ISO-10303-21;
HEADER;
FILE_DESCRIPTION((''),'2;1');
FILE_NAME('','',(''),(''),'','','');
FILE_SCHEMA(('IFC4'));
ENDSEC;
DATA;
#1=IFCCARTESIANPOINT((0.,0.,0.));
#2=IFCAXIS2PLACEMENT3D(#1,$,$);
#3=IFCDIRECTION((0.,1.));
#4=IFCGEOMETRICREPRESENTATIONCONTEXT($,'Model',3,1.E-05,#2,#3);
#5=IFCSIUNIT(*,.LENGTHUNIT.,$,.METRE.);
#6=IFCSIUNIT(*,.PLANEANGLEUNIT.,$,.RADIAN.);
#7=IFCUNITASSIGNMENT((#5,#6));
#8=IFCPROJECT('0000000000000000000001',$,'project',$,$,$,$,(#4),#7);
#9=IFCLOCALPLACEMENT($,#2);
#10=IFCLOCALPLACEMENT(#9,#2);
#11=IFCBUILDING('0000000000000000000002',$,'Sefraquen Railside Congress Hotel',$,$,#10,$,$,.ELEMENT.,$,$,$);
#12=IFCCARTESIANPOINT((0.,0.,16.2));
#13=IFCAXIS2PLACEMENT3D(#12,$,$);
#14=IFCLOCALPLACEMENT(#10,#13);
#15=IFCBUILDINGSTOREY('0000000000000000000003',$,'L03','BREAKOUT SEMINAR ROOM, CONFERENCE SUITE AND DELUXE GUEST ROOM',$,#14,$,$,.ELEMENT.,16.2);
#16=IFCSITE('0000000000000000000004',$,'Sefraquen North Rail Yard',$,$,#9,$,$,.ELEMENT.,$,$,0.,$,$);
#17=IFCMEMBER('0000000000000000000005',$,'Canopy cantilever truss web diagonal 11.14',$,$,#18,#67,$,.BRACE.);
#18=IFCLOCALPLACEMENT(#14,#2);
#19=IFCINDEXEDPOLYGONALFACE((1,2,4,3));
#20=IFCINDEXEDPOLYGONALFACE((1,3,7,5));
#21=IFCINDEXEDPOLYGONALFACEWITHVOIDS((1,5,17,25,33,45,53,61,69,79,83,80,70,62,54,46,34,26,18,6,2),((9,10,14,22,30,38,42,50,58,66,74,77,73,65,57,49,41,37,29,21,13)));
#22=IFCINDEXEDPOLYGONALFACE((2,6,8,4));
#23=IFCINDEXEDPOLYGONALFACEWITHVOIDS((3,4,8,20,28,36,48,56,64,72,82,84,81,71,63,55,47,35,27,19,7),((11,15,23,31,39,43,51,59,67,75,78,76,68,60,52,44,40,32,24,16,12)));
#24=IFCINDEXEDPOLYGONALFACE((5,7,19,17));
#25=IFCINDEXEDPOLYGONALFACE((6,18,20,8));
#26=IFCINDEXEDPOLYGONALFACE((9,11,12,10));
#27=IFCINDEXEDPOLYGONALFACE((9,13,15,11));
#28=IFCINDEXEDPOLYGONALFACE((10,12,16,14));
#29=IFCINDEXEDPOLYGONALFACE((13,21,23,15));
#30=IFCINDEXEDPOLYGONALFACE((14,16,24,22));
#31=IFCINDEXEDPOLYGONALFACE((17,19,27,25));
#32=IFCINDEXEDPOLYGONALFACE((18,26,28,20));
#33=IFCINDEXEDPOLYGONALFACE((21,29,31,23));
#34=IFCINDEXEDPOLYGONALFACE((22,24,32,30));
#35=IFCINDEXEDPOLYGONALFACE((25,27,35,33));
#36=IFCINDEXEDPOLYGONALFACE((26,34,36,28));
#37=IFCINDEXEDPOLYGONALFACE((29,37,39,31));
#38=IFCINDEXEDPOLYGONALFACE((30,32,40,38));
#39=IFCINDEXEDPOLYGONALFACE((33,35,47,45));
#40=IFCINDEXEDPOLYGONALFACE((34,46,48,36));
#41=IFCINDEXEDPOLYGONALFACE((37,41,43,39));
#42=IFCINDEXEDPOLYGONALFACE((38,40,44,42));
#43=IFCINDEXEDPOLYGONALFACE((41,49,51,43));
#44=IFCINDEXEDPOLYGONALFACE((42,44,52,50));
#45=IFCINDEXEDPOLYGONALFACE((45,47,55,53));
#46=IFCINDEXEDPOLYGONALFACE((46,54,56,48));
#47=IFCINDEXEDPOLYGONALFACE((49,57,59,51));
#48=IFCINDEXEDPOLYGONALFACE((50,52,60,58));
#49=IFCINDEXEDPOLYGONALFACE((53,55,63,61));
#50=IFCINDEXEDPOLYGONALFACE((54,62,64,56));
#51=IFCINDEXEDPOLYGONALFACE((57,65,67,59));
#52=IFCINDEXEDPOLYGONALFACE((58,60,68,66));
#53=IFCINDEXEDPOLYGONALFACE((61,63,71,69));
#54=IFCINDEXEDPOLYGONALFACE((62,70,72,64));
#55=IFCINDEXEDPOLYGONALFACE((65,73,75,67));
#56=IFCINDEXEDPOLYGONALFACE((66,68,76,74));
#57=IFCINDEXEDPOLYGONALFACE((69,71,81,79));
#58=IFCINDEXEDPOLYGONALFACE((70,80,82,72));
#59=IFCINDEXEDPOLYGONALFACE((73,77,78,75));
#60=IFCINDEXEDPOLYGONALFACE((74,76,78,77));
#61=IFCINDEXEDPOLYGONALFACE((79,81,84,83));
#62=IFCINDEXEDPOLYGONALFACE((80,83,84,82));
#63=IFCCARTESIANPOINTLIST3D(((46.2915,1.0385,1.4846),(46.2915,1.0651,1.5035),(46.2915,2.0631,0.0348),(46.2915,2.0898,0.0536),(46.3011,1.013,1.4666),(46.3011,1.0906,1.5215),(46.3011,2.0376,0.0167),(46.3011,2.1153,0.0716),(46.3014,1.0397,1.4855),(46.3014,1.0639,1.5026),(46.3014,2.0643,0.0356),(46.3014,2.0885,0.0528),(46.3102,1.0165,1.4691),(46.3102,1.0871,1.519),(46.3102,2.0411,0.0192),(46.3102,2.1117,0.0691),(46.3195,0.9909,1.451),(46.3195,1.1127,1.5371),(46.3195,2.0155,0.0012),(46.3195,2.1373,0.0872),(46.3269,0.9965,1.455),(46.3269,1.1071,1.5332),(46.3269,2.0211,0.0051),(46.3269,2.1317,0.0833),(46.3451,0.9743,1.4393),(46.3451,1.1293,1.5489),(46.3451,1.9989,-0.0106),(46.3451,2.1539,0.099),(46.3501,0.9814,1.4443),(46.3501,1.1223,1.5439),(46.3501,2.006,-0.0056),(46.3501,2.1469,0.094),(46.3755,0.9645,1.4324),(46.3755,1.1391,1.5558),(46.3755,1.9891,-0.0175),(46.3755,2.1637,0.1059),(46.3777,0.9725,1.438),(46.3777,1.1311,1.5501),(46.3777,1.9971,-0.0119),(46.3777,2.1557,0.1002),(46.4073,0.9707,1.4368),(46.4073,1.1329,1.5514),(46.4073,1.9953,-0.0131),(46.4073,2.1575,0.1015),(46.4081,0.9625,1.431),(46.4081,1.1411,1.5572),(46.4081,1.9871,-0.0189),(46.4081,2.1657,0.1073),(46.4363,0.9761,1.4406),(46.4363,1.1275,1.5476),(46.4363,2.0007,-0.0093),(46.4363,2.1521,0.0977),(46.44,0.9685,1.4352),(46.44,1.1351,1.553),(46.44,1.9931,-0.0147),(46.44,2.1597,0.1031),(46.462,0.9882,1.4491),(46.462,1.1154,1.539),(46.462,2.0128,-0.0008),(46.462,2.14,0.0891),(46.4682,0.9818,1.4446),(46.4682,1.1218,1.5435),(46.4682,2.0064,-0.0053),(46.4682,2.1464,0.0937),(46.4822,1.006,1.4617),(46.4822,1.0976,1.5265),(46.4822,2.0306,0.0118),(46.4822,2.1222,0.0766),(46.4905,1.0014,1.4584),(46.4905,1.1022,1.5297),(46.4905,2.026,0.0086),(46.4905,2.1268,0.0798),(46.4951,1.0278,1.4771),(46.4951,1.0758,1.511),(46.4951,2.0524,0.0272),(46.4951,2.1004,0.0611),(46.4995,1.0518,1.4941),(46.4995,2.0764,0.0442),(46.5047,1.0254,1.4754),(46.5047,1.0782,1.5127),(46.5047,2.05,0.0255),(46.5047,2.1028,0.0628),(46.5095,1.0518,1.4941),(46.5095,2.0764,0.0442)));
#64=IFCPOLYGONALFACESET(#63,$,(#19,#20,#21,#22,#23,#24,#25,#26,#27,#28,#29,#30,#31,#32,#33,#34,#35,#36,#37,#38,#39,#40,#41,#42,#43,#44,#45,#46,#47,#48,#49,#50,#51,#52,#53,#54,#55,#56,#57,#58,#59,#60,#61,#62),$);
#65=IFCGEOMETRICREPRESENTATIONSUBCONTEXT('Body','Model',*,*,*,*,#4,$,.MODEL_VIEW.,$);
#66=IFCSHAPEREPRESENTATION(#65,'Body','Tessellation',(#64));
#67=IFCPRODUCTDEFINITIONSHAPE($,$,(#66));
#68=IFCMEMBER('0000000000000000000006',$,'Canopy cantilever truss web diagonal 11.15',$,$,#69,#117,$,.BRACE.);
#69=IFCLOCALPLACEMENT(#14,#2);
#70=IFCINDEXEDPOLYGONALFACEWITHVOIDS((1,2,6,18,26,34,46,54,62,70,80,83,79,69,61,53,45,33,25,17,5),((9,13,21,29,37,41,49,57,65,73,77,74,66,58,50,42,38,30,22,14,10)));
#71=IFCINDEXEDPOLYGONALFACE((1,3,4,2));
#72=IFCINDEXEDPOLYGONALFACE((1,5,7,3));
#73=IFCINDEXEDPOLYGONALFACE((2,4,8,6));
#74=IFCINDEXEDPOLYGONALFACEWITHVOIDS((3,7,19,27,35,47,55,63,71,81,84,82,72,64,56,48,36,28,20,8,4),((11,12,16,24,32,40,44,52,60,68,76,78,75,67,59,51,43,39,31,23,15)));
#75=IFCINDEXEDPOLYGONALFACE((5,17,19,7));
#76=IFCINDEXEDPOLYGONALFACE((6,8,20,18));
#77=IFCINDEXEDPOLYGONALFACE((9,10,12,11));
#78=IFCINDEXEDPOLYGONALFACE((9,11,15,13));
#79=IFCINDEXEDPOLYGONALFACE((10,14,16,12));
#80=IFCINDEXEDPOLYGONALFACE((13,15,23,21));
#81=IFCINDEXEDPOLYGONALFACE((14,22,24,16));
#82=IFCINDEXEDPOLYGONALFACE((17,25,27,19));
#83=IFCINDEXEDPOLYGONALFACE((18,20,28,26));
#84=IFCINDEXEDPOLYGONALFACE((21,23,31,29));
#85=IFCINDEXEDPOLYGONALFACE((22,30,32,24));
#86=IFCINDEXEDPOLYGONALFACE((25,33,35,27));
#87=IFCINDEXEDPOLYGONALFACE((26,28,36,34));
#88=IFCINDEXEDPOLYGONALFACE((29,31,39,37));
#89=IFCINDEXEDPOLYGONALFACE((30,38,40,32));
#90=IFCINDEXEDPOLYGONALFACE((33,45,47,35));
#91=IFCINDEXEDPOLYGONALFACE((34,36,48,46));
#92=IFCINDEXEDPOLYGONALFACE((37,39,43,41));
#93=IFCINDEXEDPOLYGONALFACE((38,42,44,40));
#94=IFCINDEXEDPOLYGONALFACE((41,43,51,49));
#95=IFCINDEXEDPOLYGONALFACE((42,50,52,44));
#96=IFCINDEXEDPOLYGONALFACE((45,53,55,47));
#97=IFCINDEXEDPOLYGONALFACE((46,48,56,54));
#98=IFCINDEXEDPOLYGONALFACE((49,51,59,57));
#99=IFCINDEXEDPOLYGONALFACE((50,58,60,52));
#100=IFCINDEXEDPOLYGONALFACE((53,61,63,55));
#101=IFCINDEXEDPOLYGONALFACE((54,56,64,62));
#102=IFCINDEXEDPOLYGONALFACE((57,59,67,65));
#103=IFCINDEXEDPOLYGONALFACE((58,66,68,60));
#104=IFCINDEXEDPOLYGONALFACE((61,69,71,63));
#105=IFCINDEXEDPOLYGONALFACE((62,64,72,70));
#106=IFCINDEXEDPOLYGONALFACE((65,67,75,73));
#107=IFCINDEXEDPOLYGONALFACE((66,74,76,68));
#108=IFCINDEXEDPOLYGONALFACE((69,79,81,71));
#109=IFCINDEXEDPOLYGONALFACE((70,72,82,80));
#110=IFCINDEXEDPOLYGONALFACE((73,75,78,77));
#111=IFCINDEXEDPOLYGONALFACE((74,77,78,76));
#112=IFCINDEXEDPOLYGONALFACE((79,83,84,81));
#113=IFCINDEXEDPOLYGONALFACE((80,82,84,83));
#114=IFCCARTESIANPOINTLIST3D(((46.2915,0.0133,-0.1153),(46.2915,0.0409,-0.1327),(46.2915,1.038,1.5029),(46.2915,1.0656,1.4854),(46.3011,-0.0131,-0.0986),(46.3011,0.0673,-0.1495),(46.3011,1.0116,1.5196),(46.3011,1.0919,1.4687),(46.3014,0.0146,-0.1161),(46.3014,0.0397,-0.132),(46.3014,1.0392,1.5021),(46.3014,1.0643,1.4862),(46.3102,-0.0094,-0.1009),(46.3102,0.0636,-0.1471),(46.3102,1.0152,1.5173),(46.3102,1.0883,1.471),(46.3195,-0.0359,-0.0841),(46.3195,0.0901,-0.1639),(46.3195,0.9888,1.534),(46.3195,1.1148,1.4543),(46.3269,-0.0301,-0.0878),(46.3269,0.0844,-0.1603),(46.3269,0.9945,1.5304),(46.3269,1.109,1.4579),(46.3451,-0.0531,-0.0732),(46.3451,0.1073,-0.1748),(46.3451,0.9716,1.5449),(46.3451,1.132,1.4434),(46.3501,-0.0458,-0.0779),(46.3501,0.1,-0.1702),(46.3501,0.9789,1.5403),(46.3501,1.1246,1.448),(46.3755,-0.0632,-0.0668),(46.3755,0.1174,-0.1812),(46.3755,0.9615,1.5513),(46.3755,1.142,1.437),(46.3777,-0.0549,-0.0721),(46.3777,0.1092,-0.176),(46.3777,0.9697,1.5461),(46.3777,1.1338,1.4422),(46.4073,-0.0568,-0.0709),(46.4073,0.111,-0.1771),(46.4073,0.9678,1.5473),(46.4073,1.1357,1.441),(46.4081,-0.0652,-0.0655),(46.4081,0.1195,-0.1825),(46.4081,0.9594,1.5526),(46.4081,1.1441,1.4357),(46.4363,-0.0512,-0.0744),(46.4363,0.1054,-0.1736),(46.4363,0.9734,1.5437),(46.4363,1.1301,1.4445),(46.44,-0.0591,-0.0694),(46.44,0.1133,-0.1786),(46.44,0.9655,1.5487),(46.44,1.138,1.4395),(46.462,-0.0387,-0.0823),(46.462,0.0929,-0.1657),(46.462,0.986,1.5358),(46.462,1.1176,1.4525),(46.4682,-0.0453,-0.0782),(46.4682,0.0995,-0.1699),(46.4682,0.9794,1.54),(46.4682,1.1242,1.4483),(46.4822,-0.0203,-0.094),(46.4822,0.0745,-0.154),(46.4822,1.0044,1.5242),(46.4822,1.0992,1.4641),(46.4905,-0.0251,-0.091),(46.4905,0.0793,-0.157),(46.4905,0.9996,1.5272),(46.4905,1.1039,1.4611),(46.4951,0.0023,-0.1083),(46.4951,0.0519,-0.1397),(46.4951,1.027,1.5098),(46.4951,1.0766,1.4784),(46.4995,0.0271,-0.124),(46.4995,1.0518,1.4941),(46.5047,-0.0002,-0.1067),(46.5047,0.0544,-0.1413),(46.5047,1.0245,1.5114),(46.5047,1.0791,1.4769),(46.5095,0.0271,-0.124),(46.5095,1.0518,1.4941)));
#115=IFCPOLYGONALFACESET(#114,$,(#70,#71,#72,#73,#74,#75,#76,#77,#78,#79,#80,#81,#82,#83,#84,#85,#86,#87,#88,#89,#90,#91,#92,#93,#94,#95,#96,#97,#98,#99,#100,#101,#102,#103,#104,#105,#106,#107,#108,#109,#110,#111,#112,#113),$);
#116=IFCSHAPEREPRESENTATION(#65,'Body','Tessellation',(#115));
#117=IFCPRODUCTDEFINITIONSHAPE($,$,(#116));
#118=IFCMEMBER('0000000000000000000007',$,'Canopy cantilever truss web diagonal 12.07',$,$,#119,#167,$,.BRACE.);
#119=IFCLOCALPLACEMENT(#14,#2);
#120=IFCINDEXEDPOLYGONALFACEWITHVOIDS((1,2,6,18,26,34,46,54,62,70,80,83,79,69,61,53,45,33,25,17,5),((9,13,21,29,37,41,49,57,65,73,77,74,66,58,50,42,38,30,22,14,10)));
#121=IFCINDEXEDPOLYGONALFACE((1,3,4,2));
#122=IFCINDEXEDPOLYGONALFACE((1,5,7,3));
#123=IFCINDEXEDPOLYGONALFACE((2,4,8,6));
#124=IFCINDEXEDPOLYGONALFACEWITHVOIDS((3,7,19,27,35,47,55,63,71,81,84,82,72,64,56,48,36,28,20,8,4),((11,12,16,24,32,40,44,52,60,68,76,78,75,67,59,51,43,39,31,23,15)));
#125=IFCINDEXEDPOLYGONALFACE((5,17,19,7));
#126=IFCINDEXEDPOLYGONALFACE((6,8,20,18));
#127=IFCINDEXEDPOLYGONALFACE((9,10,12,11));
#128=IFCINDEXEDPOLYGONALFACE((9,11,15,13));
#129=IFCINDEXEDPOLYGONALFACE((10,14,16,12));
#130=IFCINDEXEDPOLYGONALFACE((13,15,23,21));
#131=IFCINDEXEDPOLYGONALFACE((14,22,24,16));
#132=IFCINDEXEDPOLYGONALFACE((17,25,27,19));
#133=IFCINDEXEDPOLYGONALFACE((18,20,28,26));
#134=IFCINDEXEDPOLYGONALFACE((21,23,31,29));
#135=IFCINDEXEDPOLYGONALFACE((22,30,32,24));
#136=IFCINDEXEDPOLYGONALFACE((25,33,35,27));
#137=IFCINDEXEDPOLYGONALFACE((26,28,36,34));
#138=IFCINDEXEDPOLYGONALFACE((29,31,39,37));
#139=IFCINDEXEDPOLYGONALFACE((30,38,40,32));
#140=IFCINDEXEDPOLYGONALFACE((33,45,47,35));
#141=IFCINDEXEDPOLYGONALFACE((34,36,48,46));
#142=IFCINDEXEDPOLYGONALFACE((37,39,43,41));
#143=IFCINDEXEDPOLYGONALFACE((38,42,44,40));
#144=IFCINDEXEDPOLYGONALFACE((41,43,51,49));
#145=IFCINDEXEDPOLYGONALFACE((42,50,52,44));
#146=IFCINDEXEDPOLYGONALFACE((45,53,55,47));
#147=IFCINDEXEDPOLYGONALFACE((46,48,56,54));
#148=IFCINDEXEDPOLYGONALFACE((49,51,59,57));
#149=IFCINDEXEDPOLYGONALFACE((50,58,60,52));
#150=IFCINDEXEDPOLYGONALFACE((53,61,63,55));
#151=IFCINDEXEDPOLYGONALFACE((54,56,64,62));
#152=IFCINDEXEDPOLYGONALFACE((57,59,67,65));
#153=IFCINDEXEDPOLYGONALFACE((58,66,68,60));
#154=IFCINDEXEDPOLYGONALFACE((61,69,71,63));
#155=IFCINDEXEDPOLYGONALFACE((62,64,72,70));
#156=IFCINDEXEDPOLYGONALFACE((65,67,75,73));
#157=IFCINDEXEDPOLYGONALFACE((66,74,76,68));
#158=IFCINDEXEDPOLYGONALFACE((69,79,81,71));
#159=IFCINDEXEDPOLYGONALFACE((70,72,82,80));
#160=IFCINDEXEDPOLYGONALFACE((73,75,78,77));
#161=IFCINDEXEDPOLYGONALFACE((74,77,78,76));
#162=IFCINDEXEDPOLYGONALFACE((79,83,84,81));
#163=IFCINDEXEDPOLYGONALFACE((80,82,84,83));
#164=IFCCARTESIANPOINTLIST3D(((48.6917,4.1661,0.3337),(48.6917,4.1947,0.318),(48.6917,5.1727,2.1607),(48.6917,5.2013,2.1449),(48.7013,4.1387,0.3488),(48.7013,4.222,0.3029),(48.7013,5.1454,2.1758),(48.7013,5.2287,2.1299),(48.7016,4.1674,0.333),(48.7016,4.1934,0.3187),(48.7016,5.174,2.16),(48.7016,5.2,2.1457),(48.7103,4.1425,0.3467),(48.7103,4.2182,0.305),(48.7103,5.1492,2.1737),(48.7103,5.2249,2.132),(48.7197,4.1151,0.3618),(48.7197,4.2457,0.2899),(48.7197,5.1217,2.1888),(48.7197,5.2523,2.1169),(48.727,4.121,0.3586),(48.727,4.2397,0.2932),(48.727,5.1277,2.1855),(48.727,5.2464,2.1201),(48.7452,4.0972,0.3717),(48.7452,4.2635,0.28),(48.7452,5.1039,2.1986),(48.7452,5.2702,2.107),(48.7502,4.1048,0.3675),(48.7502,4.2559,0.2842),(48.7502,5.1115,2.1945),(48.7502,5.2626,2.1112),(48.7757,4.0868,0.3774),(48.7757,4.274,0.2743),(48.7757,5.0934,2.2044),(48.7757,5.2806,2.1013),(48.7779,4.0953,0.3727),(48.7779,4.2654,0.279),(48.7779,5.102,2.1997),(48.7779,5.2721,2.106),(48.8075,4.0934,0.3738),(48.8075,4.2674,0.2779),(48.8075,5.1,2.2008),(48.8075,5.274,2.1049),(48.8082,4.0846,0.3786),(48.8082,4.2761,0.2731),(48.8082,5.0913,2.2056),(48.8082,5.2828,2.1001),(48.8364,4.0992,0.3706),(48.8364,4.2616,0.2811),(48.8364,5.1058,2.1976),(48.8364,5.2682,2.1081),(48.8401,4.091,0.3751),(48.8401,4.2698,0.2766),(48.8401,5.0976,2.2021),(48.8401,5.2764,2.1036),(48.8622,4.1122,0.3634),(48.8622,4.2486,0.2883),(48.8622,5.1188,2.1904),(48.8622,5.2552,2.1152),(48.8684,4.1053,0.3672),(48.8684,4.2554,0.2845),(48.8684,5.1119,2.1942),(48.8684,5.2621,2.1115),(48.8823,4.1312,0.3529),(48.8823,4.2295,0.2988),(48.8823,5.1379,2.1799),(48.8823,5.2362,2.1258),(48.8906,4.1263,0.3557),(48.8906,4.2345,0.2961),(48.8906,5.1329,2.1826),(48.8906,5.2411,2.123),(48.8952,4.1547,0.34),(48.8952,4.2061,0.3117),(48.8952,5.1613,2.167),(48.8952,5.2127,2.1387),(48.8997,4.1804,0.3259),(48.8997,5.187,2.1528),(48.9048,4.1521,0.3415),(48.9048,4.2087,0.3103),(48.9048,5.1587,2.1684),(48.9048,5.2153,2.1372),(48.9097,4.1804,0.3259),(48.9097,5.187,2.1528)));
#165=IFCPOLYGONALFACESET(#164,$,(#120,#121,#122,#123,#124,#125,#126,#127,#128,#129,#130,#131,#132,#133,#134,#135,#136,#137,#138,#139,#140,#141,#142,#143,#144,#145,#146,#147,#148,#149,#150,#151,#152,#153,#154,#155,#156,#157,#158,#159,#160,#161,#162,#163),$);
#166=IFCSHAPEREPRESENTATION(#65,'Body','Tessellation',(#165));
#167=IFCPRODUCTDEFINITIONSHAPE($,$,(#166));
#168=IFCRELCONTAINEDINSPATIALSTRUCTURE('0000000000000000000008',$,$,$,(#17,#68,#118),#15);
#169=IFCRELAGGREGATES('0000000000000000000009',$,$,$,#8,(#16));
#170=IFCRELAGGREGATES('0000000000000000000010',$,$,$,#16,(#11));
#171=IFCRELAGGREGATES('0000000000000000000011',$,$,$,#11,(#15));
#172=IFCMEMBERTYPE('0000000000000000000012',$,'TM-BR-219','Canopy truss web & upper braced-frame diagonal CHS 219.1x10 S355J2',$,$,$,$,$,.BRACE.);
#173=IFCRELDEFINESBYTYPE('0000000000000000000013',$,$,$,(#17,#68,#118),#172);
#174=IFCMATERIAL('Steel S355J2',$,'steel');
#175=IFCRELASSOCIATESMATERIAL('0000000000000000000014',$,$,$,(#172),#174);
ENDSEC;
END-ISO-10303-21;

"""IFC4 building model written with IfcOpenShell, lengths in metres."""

from ifc_helpers import new_model, si_unit, direction, frame, origin, origin_2d, place, context, subcontext, project, spatial, hollow_circle, extrude, material, material_profile, profile_set, type_object, element, save


model = new_model("IFC4")

# Units and contexts
model_context = context("Model", 3, precision=1e-05, world=origin(), true_north=direction((0.0, 1.0)))
body_context = subcontext(model_context, "Body", "Model", "MODEL_VIEW")
ifc_project = project(units=[si_unit("LENGTHUNIT", "METRE"), si_unit("PLANEANGLEUNIT", "RADIAN")], contexts=[model_context])

# Site, building, storey
site_placement = place(None, origin())
site = spatial("IfcSite", under=ifc_project, at=site_placement, Name="Sefraquen North Rail Yard", CompositionType="ELEMENT", RefElevation=0.0)
building_placement = place(site_placement, origin())
building = spatial("IfcBuilding", under=site, at=building_placement, Name="Sefraquen Railside Congress Hotel", CompositionType="ELEMENT")
storey_placement = place(building_placement, frame((0.0, 0.0, 16.2)))
storey = spatial("IfcBuildingStorey", under=building, at=storey_placement, Name="L03", Description="BREAKOUT SEMINAR ROOM, CONFERENCE SUITE AND DELUXE GUEST ROOM", CompositionType="ELEMENT", Elevation=16.2)

# Members
ifc_material_1 = material(Name="Steel S355J2", Category="steel")
ifc_material_profile_1 = material_profile(ifc_material_1, hollow_circle(Radius=0.1096, WallThickness=0.01, at=origin_2d()), Name="CHS 219.1x10")
ifc_profile_set_1 = profile_set([ifc_material_profile_1], Name="Steel S355J2")
member_type_1 = type_object("IfcMemberType", Name="TM-BR-219", Description="Canopy truss web & upper braced-frame diagonal CHS 219.1x10 S355J2", PredefinedType="BRACE", material=ifc_profile_set_1)
member_1_placement = place(storey_placement, frame((46.3999, 2.0764, 0.0442), z_axis=(0.0, -0.57712, 0.816659), x_axis=(1.0, 0.0, 0.0)))
element("IfcMember", 1, at=member_1_placement, inside=storey, type_object=member_type_1, Name="Canopy cantilever truss web diagonal 11.14", PredefinedType="BRACE", context=body_context, shape_type="SweptSolid", body=[
    extrude(hollow_circle(Radius=0.1096, WallThickness=0.01, at=origin_2d()), origin(), (0.0, 0.0, 1.0), 1.7754),
])
member_2_placement = place(storey_placement, frame((46.3999, 1.0518, 1.4941), z_axis=(0.0, -0.534985, -0.844861), x_axis=(1.0, 0.0, 0.0)))
element("IfcMember", 2, at=member_2_placement, inside=storey, type_object=member_type_1, Name="Canopy cantilever truss web diagonal 11.15", PredefinedType="BRACE", context=body_context, shape_type="SweptSolid", body=[
    extrude(hollow_circle(Radius=0.1096, WallThickness=0.01, at=origin_2d()), origin(), (0.0, 0.0, 1.0), 1.9153),
])
member_3_placement = place(storey_placement, frame((48.8, 5.187, 2.1528), z_axis=(0.0, -0.482579, -0.875852), x_axis=(1.0, 0.0, 0.0)))
element("IfcMember", 3, at=member_3_placement, inside=storey, type_object=member_type_1, Name="Canopy cantilever truss web diagonal 12.07", PredefinedType="BRACE", context=body_context, shape_type="SweptSolid", body=[
    extrude(hollow_circle(Radius=0.1096, WallThickness=0.01, at=origin_2d()), origin(), (0.0, 0.0, 1.0), 2.0859),
])

save(model, "model.ifc")
